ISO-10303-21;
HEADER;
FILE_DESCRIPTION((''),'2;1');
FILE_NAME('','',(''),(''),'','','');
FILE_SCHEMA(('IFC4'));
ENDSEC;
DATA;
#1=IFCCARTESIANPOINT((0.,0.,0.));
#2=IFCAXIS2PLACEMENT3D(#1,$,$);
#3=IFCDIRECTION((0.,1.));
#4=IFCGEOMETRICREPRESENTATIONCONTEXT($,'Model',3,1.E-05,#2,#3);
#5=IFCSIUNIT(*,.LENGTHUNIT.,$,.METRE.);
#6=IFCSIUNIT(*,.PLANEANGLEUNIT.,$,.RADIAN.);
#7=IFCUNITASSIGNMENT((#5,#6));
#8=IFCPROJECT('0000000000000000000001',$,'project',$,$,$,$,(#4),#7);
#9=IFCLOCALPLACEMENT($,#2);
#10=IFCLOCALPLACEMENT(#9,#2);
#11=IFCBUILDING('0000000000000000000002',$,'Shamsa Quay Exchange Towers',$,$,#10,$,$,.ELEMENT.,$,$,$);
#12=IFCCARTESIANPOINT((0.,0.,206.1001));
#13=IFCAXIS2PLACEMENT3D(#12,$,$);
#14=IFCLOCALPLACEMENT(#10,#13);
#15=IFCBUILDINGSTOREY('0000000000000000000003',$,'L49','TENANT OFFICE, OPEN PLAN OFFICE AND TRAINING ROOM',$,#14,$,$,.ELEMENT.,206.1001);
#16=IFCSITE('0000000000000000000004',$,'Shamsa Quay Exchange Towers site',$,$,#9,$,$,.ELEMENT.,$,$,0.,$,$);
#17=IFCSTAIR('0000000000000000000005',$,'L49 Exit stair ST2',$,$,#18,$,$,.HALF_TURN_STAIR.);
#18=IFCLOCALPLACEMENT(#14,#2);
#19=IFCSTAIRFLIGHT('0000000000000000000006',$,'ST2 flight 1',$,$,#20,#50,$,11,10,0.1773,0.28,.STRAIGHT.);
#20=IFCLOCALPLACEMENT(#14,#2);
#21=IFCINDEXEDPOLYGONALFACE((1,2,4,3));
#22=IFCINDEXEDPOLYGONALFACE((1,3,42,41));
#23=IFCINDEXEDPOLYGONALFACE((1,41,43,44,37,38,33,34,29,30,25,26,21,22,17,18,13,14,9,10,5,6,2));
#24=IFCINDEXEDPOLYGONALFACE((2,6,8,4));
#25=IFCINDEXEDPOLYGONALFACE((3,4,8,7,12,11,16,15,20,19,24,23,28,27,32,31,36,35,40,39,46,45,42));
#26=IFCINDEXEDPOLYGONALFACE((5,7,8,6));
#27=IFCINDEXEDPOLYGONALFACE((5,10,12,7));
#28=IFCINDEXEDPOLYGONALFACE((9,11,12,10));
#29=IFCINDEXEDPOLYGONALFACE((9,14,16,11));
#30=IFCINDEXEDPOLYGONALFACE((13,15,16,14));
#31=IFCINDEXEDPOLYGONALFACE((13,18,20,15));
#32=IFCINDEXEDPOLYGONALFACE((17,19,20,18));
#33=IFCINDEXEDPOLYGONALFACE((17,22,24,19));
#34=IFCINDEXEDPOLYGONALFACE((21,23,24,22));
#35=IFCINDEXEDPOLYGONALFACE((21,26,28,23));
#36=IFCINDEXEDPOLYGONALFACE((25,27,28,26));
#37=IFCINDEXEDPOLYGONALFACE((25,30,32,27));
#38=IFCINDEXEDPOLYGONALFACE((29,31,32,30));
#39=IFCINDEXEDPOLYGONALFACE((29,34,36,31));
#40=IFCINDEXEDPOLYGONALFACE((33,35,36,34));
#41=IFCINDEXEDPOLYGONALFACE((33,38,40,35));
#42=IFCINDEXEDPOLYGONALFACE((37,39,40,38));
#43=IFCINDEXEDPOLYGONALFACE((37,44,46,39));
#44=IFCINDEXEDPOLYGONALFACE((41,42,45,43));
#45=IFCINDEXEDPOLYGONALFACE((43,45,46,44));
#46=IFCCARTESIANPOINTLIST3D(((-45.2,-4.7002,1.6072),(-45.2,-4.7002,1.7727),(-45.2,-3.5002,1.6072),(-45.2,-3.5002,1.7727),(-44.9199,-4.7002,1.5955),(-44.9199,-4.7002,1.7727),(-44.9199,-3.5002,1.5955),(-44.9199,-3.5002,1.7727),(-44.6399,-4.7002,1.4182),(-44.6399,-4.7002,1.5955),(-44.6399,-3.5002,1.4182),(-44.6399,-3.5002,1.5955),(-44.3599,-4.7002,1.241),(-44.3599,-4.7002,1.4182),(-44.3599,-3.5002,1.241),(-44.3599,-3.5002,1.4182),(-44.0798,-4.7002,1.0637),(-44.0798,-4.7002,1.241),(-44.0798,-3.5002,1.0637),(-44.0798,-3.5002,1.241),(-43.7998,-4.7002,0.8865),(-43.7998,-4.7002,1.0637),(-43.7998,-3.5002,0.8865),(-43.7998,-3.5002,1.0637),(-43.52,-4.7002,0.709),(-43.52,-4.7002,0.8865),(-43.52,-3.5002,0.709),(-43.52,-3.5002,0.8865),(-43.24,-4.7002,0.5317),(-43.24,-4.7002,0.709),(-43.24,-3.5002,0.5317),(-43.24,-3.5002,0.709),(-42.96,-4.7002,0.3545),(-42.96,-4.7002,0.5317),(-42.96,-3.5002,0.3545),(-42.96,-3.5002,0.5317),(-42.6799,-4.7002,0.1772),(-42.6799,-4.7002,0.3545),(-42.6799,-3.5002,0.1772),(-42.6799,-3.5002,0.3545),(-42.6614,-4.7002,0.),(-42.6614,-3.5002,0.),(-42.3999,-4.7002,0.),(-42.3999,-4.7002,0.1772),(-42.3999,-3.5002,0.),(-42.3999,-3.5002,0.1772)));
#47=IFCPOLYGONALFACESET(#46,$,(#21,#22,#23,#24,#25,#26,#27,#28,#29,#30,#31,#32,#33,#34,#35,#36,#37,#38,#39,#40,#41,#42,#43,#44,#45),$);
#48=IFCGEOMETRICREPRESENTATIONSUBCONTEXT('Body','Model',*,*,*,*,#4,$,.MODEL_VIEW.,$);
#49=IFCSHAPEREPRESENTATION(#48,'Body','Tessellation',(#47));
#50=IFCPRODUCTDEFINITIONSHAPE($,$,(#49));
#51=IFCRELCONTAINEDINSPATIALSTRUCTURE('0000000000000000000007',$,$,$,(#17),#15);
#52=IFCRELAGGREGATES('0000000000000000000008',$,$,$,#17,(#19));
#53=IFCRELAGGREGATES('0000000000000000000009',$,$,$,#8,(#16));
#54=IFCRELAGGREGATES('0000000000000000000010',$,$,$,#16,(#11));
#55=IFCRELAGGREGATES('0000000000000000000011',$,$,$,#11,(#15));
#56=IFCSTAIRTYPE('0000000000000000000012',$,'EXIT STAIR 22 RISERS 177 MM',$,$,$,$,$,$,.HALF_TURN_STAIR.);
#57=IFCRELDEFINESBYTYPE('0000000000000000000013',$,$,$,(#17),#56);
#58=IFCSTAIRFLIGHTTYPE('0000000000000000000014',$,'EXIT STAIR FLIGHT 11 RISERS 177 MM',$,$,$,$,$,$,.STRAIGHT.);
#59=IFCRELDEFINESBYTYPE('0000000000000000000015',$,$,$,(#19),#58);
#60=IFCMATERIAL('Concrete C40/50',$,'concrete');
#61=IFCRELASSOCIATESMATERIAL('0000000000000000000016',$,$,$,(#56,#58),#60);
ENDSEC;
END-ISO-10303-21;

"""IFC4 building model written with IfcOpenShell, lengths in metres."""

from ifc_helpers import new_model, si_unit, direction, frame, origin, place, context, subcontext, project, spatial, polyline, outline, extrude, material, type_object, element, aggregate, save


model = new_model("IFC4")

# Units and contexts
model_context = context("Model", 3, precision=1e-05, world=origin(), true_north=direction((0.0, 1.0)))
body_context = subcontext(model_context, "Body", "Model", "MODEL_VIEW")
ifc_project = project(units=[si_unit("LENGTHUNIT", "METRE"), si_unit("PLANEANGLEUNIT", "RADIAN")], contexts=[model_context])

# Site, building, storey
site_placement = place(None, origin())
site = spatial("IfcSite", under=ifc_project, at=site_placement, Name="Shamsa Quay Exchange Towers site", CompositionType="ELEMENT", RefElevation=0.0)
building_placement = place(site_placement, origin())
building = spatial("IfcBuilding", under=site, at=building_placement, Name="Shamsa Quay Exchange Towers", CompositionType="ELEMENT")
storey_placement = place(building_placement, frame((0.0, 0.0, 206.1001)))
storey = spatial("IfcBuildingStorey", under=building, at=storey_placement, Name="L49", Description="TENANT OFFICE, OPEN PLAN OFFICE AND TRAINING ROOM", CompositionType="ELEMENT", Elevation=206.1001)

# Stair, stair flight
ifc_material_1 = material(Name="Concrete C40/50", Category="concrete")
stair_type = type_object("IfcStairType", Name="EXIT STAIR 22 RISERS 177 MM", PredefinedType="HALF_TURN_STAIR", material=ifc_material_1)
stair_placement = place(storey_placement, origin())
stair = element("IfcStair", 1, at=stair_placement, inside=storey, type_object=stair_type, Name="L49 Exit stair ST2", PredefinedType="HALF_TURN_STAIR")
stair_flight_type = type_object("IfcStairFlightType", Name="EXIT STAIR FLIGHT 11 RISERS 177 MM", PredefinedType="STRAIGHT", material=ifc_material_1)
stair_flight_placement = place(storey_placement, frame((-42.3999, -4.1001, 0.0), z_axis=(0.0, 0.0, 1.0), x_axis=(-1.0, 0.0, 0.0)))
stair_flight = element("IfcStairFlight", 2, at=stair_flight_placement, type_object=stair_flight_type, Name="ST2 flight 1", NumberOfRisers=11, NumberOfTreads=10, PredefinedType="STRAIGHT", RiserHeight=0.1773, TreadLength=0.28, context=body_context, shape_type="SweptSolid", body=[
    extrude(outline(polyline([(0.0, 0.0), (0.0, 0.1772), (0.28, 0.1772), (0.28, 0.3545), (0.5601, 0.3545), (0.5601, 0.5317), (0.8401, 0.5317), (0.8401, 0.709), (1.1201, 0.709), (1.1201, 0.8865), (1.3999, 0.8865), (1.3999, 1.0637), (1.6799, 1.0637), (1.6799, 1.241), (1.96, 1.241), (1.96, 1.4182), (2.24, 1.4182), (2.24, 1.5955), (2.52, 1.5955), (2.52, 1.7727), (2.8, 1.7727), (2.8, 1.95), (2.8, 1.6072), (0.2615, 0.0), (0.0, 0.0)])), frame((0.0, 0.6001, 0.0), z_axis=(0.0, -1.0, 0.0), x_axis=(1.0, 0.0, 0.0)), (0.0, 0.0, 1.0), 1.2),
])
aggregate(stair, [stair_flight])

save(model, "model.ifc")
